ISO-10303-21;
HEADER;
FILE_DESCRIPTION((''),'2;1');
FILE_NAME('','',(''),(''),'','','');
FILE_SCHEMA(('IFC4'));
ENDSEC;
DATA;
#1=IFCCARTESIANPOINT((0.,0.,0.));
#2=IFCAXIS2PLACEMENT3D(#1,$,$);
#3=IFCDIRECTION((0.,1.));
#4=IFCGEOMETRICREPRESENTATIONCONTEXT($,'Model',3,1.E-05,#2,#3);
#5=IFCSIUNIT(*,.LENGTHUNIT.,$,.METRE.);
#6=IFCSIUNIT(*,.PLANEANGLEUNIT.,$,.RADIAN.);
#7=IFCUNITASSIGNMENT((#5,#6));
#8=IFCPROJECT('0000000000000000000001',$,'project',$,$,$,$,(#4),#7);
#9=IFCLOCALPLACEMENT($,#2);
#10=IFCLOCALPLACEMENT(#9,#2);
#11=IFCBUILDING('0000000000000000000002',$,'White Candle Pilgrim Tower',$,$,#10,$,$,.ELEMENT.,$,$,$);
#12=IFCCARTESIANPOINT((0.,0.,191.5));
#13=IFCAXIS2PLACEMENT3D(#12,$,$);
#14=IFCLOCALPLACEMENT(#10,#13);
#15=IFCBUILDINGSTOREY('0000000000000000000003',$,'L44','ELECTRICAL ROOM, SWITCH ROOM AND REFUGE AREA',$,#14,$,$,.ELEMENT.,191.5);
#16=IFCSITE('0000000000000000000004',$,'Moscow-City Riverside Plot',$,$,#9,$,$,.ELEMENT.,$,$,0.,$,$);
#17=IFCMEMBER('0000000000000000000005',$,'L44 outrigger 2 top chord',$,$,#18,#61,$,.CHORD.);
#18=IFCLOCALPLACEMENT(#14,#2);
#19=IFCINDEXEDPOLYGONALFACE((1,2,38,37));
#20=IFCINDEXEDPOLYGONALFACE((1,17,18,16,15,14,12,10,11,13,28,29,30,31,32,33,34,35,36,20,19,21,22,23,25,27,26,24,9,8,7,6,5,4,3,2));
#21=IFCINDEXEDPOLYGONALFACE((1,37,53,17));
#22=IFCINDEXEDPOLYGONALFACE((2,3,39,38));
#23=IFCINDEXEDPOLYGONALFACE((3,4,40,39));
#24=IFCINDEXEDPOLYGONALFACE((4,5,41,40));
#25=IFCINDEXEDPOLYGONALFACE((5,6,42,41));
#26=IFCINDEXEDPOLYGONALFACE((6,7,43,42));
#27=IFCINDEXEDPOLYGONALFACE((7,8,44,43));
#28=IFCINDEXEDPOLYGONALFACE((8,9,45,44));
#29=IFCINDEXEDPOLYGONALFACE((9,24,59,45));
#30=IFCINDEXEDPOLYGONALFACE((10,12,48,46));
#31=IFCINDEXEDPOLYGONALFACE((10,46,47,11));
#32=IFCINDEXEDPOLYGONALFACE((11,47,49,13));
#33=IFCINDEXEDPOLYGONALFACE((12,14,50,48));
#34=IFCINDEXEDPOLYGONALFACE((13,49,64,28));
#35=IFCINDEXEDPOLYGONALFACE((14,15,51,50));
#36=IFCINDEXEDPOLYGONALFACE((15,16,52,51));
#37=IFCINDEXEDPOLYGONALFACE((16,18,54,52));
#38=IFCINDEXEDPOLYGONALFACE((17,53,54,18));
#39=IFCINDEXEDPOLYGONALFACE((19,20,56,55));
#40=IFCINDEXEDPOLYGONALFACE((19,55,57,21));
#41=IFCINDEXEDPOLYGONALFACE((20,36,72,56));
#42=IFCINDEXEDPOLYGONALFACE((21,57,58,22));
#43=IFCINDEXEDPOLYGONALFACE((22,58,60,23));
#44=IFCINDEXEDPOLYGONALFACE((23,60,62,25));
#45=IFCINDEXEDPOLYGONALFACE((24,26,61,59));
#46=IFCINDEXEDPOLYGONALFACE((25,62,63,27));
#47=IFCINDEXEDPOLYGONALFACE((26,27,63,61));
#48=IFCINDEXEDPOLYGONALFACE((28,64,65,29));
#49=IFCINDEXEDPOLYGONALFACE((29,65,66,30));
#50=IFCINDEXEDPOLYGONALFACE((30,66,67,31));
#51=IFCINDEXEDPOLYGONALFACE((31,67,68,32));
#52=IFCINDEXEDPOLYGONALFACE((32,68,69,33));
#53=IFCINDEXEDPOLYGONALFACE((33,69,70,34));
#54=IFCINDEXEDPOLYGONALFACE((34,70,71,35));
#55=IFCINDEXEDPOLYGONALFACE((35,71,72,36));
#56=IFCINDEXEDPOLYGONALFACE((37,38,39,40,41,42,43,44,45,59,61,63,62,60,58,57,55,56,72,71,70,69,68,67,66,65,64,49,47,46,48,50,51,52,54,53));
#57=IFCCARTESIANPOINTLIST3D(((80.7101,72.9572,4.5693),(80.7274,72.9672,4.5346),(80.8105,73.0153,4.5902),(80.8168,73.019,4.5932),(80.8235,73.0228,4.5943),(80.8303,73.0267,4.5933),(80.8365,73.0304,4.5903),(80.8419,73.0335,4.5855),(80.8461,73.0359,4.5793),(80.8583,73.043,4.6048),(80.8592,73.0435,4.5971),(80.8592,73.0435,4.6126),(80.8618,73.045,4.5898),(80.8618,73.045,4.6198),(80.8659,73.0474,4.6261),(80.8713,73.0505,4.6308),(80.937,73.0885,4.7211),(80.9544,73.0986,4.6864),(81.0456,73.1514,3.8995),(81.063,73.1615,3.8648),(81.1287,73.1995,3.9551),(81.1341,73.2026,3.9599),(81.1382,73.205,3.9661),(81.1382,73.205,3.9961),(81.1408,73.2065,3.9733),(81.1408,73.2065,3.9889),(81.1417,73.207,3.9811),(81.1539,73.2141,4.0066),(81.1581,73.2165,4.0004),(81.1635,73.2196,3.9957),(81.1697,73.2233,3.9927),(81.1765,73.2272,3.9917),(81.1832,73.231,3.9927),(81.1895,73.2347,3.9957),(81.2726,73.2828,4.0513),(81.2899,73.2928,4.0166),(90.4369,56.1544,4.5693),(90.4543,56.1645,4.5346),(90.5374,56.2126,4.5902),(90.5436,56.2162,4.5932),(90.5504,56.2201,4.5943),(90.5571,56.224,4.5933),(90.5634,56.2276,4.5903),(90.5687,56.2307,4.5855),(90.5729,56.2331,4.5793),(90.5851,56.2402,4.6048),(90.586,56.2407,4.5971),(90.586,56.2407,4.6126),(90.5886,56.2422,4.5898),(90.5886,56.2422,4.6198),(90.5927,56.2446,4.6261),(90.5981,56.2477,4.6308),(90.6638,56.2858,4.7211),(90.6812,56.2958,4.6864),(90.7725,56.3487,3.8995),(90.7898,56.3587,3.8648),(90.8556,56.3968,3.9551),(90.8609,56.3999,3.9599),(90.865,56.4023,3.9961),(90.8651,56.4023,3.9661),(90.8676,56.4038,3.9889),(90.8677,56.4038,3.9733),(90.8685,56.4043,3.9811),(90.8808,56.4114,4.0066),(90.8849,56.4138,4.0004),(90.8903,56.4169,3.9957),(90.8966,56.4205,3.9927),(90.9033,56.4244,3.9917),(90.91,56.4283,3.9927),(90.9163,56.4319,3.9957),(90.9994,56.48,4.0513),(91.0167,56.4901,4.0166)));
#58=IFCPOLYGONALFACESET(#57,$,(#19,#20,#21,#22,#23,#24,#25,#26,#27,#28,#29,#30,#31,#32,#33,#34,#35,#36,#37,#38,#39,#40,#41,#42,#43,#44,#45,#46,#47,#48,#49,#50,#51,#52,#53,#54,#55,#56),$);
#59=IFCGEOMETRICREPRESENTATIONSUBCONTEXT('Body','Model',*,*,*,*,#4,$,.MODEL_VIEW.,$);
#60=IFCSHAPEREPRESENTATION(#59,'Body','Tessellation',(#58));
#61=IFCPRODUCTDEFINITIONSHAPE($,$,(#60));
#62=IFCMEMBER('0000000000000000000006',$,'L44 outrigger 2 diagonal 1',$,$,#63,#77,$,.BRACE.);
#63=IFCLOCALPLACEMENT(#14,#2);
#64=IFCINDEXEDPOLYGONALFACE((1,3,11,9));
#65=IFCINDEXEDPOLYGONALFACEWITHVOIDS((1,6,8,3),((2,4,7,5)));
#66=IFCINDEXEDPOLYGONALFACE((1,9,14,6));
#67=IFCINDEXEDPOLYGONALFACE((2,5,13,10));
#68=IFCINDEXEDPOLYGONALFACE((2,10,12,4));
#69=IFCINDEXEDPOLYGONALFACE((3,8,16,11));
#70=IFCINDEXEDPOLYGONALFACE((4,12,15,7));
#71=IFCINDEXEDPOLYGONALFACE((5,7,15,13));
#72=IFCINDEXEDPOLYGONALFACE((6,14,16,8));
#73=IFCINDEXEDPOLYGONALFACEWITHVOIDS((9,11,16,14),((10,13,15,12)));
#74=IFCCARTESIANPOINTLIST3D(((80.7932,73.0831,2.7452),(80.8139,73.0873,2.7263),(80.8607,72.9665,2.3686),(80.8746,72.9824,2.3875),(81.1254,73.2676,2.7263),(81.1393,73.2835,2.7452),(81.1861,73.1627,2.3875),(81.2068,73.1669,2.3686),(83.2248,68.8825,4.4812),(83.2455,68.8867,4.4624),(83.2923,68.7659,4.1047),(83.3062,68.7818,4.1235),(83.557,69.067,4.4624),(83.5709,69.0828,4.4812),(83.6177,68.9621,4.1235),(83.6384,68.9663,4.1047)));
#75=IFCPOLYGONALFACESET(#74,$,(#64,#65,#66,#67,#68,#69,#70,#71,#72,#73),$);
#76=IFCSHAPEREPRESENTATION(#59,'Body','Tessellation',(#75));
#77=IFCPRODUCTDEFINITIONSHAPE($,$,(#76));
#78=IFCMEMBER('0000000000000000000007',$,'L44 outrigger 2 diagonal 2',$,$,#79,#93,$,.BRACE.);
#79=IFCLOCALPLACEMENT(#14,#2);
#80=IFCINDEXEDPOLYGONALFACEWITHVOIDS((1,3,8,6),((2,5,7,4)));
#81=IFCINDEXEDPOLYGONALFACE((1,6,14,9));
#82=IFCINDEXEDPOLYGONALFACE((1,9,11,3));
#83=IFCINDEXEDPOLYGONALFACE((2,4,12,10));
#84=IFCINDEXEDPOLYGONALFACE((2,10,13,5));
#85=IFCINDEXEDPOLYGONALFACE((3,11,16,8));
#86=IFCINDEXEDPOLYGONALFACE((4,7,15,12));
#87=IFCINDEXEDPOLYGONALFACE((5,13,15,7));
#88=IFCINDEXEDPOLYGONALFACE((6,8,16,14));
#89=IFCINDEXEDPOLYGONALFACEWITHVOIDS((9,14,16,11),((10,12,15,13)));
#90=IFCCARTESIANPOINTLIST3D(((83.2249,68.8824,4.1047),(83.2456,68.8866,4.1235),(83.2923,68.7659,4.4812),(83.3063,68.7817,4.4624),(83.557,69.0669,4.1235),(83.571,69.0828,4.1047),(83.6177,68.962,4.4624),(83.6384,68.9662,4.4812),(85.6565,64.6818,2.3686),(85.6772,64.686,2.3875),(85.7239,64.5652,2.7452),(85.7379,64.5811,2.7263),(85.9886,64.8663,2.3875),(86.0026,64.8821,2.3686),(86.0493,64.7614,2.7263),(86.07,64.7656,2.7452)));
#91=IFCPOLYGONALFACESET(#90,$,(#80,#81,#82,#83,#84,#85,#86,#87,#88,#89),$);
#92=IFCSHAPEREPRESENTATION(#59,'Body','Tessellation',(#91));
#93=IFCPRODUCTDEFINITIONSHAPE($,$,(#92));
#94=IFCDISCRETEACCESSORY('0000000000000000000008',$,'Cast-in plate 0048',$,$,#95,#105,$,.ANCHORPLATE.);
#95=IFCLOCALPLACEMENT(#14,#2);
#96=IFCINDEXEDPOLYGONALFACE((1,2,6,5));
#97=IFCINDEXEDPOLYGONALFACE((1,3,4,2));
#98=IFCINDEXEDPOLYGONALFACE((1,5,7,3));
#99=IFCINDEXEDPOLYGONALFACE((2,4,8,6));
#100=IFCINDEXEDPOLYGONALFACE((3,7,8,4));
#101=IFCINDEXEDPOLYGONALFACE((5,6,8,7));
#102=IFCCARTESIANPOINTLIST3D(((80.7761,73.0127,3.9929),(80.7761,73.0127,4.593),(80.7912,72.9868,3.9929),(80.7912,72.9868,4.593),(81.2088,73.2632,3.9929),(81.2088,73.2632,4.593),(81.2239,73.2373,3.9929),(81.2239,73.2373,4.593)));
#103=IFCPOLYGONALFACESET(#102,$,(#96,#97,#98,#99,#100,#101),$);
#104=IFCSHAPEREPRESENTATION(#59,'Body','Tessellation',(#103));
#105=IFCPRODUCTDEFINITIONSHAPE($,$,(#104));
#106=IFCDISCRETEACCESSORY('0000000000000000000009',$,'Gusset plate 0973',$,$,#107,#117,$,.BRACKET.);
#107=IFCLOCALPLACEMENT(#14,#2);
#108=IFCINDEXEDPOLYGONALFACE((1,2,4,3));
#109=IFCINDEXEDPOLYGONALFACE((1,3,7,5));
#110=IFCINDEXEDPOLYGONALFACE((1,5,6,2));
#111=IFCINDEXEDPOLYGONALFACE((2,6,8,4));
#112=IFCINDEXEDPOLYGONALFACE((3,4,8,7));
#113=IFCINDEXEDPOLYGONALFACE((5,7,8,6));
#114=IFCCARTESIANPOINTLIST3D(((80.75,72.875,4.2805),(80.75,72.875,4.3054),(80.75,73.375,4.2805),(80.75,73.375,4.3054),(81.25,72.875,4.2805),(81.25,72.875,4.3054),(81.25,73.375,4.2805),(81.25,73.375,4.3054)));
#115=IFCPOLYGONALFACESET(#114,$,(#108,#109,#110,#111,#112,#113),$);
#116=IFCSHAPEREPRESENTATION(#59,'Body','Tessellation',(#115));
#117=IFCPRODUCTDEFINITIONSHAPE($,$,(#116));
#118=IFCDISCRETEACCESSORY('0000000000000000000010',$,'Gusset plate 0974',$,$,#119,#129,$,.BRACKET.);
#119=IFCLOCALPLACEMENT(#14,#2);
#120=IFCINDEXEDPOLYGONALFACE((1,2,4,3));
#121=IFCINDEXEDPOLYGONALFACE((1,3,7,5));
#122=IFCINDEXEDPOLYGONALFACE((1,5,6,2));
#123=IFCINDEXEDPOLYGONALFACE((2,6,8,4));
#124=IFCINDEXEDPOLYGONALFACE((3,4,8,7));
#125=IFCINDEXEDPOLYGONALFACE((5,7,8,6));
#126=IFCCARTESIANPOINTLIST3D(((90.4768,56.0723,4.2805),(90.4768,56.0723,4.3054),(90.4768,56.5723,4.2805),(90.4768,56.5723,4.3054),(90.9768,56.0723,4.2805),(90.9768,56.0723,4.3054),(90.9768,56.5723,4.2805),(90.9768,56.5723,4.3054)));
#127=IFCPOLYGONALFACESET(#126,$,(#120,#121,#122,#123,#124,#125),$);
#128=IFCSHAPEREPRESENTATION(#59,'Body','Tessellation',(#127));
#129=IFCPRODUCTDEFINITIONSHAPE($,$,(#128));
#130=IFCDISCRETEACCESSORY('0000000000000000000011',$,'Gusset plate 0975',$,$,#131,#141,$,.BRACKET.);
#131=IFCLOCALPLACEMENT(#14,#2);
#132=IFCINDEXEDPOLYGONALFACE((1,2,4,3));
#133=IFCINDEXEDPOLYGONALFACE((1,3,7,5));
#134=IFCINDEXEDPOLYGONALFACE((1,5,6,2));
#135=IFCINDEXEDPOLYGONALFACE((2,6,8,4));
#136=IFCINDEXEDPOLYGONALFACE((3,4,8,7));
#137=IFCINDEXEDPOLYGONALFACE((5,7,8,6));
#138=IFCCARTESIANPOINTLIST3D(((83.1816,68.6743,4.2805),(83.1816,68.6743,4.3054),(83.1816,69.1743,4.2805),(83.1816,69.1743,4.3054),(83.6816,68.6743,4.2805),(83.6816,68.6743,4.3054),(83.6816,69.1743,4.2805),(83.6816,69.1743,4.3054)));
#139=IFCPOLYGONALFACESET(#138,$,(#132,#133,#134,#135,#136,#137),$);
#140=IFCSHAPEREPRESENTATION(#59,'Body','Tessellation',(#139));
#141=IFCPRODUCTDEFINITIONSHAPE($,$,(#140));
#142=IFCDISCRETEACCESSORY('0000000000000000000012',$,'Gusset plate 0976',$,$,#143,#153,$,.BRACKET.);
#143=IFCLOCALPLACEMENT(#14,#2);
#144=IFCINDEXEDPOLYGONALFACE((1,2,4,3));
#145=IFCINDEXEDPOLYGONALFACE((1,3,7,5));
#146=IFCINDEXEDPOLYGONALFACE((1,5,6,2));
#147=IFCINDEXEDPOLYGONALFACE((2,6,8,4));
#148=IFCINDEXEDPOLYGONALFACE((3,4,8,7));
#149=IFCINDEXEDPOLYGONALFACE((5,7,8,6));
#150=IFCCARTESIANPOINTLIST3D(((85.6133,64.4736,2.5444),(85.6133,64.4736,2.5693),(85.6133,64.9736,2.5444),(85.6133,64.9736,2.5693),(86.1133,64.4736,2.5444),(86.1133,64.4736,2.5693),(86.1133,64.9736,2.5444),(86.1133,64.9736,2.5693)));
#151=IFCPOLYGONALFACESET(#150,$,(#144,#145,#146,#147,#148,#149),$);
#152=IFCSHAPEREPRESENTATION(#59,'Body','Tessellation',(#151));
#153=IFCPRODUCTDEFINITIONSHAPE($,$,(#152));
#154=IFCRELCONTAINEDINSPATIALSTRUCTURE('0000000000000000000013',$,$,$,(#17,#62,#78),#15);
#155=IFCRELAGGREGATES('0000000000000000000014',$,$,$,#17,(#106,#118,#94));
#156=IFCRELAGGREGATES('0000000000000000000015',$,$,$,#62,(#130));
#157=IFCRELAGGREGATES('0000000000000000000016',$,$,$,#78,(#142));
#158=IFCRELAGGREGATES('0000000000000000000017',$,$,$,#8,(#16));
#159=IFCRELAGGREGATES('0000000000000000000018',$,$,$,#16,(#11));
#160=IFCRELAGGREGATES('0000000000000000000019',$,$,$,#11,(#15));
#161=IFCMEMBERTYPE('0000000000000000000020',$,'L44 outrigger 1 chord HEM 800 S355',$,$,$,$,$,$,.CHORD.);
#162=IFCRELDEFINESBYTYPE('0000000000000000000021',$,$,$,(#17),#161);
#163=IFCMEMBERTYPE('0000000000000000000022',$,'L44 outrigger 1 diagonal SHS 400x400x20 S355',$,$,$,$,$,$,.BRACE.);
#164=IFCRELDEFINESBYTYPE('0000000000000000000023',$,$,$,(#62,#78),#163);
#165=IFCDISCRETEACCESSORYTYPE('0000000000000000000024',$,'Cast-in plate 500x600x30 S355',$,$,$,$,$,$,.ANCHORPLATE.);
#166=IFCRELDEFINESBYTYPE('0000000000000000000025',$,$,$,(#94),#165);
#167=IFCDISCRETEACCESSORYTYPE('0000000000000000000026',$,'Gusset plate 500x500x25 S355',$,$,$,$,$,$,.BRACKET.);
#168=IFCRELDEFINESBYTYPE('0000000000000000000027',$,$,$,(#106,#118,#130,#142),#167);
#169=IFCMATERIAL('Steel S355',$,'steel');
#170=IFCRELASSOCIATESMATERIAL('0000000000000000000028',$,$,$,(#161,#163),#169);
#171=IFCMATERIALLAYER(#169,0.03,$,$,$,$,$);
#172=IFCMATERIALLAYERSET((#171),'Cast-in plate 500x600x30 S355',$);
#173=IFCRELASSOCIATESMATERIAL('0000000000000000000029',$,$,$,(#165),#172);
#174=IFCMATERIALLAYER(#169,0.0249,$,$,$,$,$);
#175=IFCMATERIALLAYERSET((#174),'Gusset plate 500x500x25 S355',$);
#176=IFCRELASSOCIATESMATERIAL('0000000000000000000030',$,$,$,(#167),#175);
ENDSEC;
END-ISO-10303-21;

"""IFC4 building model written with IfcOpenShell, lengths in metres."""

from ifc_helpers import new_model, si_unit, direction, frame, origin, origin_2d, place, context, subcontext, project, spatial, rectangle, hollow_rectangle, i_section, extrude, material, layer, layer_set, material_profile, profile_set, type_object, element, aggregate, save


model = new_model("IFC4")

# Units and contexts
model_context = context("Model", 3, precision=1e-05, world=origin(), true_north=direction((0.0, 1.0)))
body_context = subcontext(model_context, "Body", "Model", "MODEL_VIEW")
ifc_project = project(units=[si_unit("LENGTHUNIT", "METRE"), si_unit("PLANEANGLEUNIT", "RADIAN")], contexts=[model_context])

# Site, building, storey
site_placement = place(None, origin())
site = spatial("IfcSite", under=ifc_project, at=site_placement, Name="Moscow-City Riverside Plot", CompositionType="ELEMENT", RefElevation=0.0)
building_placement = place(site_placement, origin())
building = spatial("IfcBuilding", under=site, at=building_placement, Name="White Candle Pilgrim Tower", CompositionType="ELEMENT")
storey_placement = place(building_placement, frame((0.0, 0.0, 191.5)))
storey = spatial("IfcBuildingStorey", under=building, at=storey_placement, Name="L44", Description="ELECTRICAL ROOM, SWITCH ROOM AND REFUGE AREA", CompositionType="ELEMENT", Elevation=191.5)

# Members
ifc_material_1 = material(Name="Steel S355", Category="steel")
ifc_material_profile_1 = material_profile(ifc_material_1, i_section(OverallWidth=0.303, OverallDepth=0.814, WebThickness=0.021, FlangeThickness=0.04, FilletRadius=0.03, at=origin_2d()), Name="HEM 800")
ifc_profile_set_1 = profile_set([ifc_material_profile_1], Name="Steel S355")
member_type_1 = type_object("IfcMemberType", Name="L44 outrigger 1 chord HEM 800 S355", PredefinedType="CHORD", material=ifc_profile_set_1)
member_1_placement = place(storey_placement, frame((81.0, 73.125, 4.293), z_axis=(0.500994, -0.865451, 0.0), x_axis=(0.749008, 0.433587, 0.500989)))
member_1 = element("IfcMember", 1, at=member_1_placement, inside=storey, type_object=member_type_1, Name="L44 outrigger 2 top chord", PredefinedType="CHORD", context=body_context, shape_type="SweptSolid", body=[
    extrude(i_section(OverallWidth=0.303, OverallDepth=0.814, WebThickness=0.021, FlangeThickness=0.04, FilletRadius=0.03, at=origin_2d()), origin(), (0.0, 0.0, 1.0), 19.415),
])
ifc_material_profile_2 = material_profile(ifc_material_1, hollow_rectangle(XDim=0.3999, YDim=0.3999, WallThickness=0.02, at=origin_2d()), Name="SHS 400x400x20")
ifc_profile_set_2 = profile_set([ifc_material_profile_2], Name="Steel S355")
member_type_2 = type_object("IfcMemberType", Name="L44 outrigger 1 diagonal SHS 400x400x20 S355", PredefinedType="BRACE", material=ifc_profile_set_2)
member_2_placement = place(storey_placement, frame((81.0, 73.125, 2.5569), z_axis=(0.471718, -0.814897, 0.336786), x_axis=(0.865456, 0.500985, 0.0)))
member_2 = element("IfcMember", 2, at=member_2_placement, inside=storey, type_object=member_type_2, Name="L44 outrigger 2 diagonal 1", PredefinedType="BRACE", context=body_context, shape_type="SweptSolid", body=[
    extrude(hollow_rectangle(XDim=0.3999, YDim=0.3999, WallThickness=0.02, at=origin_2d()), origin(), (0.0, 0.0, 1.0), 5.1548),
])
member_3_placement = place(storey_placement, frame((83.4316, 68.9243, 4.293), z_axis=(0.471718, -0.814897, -0.336786), x_axis=(0.865456, 0.500985, 0.0)))
member_3 = element("IfcMember", 3, at=member_3_placement, inside=storey, type_object=member_type_2, Name="L44 outrigger 2 diagonal 2", PredefinedType="BRACE", context=body_context, shape_type="SweptSolid", body=[
    extrude(hollow_rectangle(XDim=0.3999, YDim=0.3999, WallThickness=0.02, at=origin_2d()), origin(), (0.0, 0.0, 1.0), 5.1548),
])

# Discrete accessories
ifc_layer_1 = layer(ifc_material_1, 0.03)
ifc_layer_set_1 = layer_set([ifc_layer_1], Name="Cast-in plate 500x600x30 S355")
discrete_accessory_type_1 = type_object("IfcDiscreteAccessoryType", Name="Cast-in plate 500x600x30 S355", PredefinedType="ANCHORPLATE", material=ifc_layer_set_1)
discrete_accessory_1_placement = place(storey_placement, frame((81.0, 73.125, 3.9929), z_axis=(0.0, 0.0, 1.0), x_axis=(0.500982, -0.865458, 0.0)))
discrete_accessory_1 = element("IfcDiscreteAccessory", 4, at=discrete_accessory_1_placement, type_object=discrete_accessory_type_1, Name="Cast-in plate 0048", PredefinedType="ANCHORPLATE", context=body_context, shape_type="SweptSolid", body=[
    extrude(rectangle(XDim=0.03, YDim=0.5, at=origin_2d()), origin(), (0.0, 0.0, 1.0), 0.6001),
])
ifc_layer_2 = layer(ifc_material_1, 0.0249)
ifc_layer_set_2 = layer_set([ifc_layer_2], Name="Gusset plate 500x500x25 S355")
discrete_accessory_type_2 = type_object("IfcDiscreteAccessoryType", Name="Gusset plate 500x500x25 S355", PredefinedType="BRACKET", material=ifc_layer_set_2)
discrete_accessory_2_placement = place(storey_placement, frame((81.0, 73.125, 4.2805), z_axis=(0.0, 0.0, 1.0), x_axis=(1.0, 0.0, 0.0)))
discrete_accessory_2 = element("IfcDiscreteAccessory", 5, at=discrete_accessory_2_placement, type_object=discrete_accessory_type_2, Name="Gusset plate 0973", PredefinedType="BRACKET", context=body_context, shape_type="SweptSolid", body=[
    extrude(rectangle(XDim=0.5, YDim=0.5, at=origin_2d()), origin(), (0.0, 0.0, 1.0), 0.0249),
])
discrete_accessory_3_placement = place(storey_placement, frame((90.7268, 56.3223, 4.2805), z_axis=(0.0, 0.0, 1.0), x_axis=(1.0, 0.0, 0.0)))
discrete_accessory_3 = element("IfcDiscreteAccessory", 6, at=discrete_accessory_3_placement, type_object=discrete_accessory_type_2, Name="Gusset plate 0974", PredefinedType="BRACKET", context=body_context, shape_type="SweptSolid", body=[
    extrude(rectangle(XDim=0.5, YDim=0.5, at=origin_2d()), origin(), (0.0, 0.0, 1.0), 0.0249),
])
aggregate(member_1, [discrete_accessory_2, discrete_accessory_3, discrete_accessory_1])
discrete_accessory_4_placement = place(storey_placement, frame((83.4316, 68.9243, 4.2805), z_axis=(0.0, 0.0, 1.0), x_axis=(1.0, 0.0, 0.0)))
discrete_accessory_4 = element("IfcDiscreteAccessory", 7, at=discrete_accessory_4_placement, type_object=discrete_accessory_type_2, Name="Gusset plate 0975", PredefinedType="BRACKET", context=body_context, shape_type="SweptSolid", body=[
    extrude(rectangle(XDim=0.5, YDim=0.5, at=origin_2d()), origin(), (0.0, 0.0, 1.0), 0.0249),
])
aggregate(member_2, [discrete_accessory_4])
discrete_accessory_5_placement = place(storey_placement, frame((85.8633, 64.7236, 2.5444), z_axis=(0.0, 0.0, 1.0), x_axis=(1.0, 0.0, 0.0)))
discrete_accessory_5 = element("IfcDiscreteAccessory", 8, at=discrete_accessory_5_placement, type_object=discrete_accessory_type_2, Name="Gusset plate 0976", PredefinedType="BRACKET", context=body_context, shape_type="SweptSolid", body=[
    extrude(rectangle(XDim=0.5, YDim=0.5, at=origin_2d()), origin(), (0.0, 0.0, 1.0), 0.0249),
])
aggregate(member_3, [discrete_accessory_5])

save(model, "model.ifc")
